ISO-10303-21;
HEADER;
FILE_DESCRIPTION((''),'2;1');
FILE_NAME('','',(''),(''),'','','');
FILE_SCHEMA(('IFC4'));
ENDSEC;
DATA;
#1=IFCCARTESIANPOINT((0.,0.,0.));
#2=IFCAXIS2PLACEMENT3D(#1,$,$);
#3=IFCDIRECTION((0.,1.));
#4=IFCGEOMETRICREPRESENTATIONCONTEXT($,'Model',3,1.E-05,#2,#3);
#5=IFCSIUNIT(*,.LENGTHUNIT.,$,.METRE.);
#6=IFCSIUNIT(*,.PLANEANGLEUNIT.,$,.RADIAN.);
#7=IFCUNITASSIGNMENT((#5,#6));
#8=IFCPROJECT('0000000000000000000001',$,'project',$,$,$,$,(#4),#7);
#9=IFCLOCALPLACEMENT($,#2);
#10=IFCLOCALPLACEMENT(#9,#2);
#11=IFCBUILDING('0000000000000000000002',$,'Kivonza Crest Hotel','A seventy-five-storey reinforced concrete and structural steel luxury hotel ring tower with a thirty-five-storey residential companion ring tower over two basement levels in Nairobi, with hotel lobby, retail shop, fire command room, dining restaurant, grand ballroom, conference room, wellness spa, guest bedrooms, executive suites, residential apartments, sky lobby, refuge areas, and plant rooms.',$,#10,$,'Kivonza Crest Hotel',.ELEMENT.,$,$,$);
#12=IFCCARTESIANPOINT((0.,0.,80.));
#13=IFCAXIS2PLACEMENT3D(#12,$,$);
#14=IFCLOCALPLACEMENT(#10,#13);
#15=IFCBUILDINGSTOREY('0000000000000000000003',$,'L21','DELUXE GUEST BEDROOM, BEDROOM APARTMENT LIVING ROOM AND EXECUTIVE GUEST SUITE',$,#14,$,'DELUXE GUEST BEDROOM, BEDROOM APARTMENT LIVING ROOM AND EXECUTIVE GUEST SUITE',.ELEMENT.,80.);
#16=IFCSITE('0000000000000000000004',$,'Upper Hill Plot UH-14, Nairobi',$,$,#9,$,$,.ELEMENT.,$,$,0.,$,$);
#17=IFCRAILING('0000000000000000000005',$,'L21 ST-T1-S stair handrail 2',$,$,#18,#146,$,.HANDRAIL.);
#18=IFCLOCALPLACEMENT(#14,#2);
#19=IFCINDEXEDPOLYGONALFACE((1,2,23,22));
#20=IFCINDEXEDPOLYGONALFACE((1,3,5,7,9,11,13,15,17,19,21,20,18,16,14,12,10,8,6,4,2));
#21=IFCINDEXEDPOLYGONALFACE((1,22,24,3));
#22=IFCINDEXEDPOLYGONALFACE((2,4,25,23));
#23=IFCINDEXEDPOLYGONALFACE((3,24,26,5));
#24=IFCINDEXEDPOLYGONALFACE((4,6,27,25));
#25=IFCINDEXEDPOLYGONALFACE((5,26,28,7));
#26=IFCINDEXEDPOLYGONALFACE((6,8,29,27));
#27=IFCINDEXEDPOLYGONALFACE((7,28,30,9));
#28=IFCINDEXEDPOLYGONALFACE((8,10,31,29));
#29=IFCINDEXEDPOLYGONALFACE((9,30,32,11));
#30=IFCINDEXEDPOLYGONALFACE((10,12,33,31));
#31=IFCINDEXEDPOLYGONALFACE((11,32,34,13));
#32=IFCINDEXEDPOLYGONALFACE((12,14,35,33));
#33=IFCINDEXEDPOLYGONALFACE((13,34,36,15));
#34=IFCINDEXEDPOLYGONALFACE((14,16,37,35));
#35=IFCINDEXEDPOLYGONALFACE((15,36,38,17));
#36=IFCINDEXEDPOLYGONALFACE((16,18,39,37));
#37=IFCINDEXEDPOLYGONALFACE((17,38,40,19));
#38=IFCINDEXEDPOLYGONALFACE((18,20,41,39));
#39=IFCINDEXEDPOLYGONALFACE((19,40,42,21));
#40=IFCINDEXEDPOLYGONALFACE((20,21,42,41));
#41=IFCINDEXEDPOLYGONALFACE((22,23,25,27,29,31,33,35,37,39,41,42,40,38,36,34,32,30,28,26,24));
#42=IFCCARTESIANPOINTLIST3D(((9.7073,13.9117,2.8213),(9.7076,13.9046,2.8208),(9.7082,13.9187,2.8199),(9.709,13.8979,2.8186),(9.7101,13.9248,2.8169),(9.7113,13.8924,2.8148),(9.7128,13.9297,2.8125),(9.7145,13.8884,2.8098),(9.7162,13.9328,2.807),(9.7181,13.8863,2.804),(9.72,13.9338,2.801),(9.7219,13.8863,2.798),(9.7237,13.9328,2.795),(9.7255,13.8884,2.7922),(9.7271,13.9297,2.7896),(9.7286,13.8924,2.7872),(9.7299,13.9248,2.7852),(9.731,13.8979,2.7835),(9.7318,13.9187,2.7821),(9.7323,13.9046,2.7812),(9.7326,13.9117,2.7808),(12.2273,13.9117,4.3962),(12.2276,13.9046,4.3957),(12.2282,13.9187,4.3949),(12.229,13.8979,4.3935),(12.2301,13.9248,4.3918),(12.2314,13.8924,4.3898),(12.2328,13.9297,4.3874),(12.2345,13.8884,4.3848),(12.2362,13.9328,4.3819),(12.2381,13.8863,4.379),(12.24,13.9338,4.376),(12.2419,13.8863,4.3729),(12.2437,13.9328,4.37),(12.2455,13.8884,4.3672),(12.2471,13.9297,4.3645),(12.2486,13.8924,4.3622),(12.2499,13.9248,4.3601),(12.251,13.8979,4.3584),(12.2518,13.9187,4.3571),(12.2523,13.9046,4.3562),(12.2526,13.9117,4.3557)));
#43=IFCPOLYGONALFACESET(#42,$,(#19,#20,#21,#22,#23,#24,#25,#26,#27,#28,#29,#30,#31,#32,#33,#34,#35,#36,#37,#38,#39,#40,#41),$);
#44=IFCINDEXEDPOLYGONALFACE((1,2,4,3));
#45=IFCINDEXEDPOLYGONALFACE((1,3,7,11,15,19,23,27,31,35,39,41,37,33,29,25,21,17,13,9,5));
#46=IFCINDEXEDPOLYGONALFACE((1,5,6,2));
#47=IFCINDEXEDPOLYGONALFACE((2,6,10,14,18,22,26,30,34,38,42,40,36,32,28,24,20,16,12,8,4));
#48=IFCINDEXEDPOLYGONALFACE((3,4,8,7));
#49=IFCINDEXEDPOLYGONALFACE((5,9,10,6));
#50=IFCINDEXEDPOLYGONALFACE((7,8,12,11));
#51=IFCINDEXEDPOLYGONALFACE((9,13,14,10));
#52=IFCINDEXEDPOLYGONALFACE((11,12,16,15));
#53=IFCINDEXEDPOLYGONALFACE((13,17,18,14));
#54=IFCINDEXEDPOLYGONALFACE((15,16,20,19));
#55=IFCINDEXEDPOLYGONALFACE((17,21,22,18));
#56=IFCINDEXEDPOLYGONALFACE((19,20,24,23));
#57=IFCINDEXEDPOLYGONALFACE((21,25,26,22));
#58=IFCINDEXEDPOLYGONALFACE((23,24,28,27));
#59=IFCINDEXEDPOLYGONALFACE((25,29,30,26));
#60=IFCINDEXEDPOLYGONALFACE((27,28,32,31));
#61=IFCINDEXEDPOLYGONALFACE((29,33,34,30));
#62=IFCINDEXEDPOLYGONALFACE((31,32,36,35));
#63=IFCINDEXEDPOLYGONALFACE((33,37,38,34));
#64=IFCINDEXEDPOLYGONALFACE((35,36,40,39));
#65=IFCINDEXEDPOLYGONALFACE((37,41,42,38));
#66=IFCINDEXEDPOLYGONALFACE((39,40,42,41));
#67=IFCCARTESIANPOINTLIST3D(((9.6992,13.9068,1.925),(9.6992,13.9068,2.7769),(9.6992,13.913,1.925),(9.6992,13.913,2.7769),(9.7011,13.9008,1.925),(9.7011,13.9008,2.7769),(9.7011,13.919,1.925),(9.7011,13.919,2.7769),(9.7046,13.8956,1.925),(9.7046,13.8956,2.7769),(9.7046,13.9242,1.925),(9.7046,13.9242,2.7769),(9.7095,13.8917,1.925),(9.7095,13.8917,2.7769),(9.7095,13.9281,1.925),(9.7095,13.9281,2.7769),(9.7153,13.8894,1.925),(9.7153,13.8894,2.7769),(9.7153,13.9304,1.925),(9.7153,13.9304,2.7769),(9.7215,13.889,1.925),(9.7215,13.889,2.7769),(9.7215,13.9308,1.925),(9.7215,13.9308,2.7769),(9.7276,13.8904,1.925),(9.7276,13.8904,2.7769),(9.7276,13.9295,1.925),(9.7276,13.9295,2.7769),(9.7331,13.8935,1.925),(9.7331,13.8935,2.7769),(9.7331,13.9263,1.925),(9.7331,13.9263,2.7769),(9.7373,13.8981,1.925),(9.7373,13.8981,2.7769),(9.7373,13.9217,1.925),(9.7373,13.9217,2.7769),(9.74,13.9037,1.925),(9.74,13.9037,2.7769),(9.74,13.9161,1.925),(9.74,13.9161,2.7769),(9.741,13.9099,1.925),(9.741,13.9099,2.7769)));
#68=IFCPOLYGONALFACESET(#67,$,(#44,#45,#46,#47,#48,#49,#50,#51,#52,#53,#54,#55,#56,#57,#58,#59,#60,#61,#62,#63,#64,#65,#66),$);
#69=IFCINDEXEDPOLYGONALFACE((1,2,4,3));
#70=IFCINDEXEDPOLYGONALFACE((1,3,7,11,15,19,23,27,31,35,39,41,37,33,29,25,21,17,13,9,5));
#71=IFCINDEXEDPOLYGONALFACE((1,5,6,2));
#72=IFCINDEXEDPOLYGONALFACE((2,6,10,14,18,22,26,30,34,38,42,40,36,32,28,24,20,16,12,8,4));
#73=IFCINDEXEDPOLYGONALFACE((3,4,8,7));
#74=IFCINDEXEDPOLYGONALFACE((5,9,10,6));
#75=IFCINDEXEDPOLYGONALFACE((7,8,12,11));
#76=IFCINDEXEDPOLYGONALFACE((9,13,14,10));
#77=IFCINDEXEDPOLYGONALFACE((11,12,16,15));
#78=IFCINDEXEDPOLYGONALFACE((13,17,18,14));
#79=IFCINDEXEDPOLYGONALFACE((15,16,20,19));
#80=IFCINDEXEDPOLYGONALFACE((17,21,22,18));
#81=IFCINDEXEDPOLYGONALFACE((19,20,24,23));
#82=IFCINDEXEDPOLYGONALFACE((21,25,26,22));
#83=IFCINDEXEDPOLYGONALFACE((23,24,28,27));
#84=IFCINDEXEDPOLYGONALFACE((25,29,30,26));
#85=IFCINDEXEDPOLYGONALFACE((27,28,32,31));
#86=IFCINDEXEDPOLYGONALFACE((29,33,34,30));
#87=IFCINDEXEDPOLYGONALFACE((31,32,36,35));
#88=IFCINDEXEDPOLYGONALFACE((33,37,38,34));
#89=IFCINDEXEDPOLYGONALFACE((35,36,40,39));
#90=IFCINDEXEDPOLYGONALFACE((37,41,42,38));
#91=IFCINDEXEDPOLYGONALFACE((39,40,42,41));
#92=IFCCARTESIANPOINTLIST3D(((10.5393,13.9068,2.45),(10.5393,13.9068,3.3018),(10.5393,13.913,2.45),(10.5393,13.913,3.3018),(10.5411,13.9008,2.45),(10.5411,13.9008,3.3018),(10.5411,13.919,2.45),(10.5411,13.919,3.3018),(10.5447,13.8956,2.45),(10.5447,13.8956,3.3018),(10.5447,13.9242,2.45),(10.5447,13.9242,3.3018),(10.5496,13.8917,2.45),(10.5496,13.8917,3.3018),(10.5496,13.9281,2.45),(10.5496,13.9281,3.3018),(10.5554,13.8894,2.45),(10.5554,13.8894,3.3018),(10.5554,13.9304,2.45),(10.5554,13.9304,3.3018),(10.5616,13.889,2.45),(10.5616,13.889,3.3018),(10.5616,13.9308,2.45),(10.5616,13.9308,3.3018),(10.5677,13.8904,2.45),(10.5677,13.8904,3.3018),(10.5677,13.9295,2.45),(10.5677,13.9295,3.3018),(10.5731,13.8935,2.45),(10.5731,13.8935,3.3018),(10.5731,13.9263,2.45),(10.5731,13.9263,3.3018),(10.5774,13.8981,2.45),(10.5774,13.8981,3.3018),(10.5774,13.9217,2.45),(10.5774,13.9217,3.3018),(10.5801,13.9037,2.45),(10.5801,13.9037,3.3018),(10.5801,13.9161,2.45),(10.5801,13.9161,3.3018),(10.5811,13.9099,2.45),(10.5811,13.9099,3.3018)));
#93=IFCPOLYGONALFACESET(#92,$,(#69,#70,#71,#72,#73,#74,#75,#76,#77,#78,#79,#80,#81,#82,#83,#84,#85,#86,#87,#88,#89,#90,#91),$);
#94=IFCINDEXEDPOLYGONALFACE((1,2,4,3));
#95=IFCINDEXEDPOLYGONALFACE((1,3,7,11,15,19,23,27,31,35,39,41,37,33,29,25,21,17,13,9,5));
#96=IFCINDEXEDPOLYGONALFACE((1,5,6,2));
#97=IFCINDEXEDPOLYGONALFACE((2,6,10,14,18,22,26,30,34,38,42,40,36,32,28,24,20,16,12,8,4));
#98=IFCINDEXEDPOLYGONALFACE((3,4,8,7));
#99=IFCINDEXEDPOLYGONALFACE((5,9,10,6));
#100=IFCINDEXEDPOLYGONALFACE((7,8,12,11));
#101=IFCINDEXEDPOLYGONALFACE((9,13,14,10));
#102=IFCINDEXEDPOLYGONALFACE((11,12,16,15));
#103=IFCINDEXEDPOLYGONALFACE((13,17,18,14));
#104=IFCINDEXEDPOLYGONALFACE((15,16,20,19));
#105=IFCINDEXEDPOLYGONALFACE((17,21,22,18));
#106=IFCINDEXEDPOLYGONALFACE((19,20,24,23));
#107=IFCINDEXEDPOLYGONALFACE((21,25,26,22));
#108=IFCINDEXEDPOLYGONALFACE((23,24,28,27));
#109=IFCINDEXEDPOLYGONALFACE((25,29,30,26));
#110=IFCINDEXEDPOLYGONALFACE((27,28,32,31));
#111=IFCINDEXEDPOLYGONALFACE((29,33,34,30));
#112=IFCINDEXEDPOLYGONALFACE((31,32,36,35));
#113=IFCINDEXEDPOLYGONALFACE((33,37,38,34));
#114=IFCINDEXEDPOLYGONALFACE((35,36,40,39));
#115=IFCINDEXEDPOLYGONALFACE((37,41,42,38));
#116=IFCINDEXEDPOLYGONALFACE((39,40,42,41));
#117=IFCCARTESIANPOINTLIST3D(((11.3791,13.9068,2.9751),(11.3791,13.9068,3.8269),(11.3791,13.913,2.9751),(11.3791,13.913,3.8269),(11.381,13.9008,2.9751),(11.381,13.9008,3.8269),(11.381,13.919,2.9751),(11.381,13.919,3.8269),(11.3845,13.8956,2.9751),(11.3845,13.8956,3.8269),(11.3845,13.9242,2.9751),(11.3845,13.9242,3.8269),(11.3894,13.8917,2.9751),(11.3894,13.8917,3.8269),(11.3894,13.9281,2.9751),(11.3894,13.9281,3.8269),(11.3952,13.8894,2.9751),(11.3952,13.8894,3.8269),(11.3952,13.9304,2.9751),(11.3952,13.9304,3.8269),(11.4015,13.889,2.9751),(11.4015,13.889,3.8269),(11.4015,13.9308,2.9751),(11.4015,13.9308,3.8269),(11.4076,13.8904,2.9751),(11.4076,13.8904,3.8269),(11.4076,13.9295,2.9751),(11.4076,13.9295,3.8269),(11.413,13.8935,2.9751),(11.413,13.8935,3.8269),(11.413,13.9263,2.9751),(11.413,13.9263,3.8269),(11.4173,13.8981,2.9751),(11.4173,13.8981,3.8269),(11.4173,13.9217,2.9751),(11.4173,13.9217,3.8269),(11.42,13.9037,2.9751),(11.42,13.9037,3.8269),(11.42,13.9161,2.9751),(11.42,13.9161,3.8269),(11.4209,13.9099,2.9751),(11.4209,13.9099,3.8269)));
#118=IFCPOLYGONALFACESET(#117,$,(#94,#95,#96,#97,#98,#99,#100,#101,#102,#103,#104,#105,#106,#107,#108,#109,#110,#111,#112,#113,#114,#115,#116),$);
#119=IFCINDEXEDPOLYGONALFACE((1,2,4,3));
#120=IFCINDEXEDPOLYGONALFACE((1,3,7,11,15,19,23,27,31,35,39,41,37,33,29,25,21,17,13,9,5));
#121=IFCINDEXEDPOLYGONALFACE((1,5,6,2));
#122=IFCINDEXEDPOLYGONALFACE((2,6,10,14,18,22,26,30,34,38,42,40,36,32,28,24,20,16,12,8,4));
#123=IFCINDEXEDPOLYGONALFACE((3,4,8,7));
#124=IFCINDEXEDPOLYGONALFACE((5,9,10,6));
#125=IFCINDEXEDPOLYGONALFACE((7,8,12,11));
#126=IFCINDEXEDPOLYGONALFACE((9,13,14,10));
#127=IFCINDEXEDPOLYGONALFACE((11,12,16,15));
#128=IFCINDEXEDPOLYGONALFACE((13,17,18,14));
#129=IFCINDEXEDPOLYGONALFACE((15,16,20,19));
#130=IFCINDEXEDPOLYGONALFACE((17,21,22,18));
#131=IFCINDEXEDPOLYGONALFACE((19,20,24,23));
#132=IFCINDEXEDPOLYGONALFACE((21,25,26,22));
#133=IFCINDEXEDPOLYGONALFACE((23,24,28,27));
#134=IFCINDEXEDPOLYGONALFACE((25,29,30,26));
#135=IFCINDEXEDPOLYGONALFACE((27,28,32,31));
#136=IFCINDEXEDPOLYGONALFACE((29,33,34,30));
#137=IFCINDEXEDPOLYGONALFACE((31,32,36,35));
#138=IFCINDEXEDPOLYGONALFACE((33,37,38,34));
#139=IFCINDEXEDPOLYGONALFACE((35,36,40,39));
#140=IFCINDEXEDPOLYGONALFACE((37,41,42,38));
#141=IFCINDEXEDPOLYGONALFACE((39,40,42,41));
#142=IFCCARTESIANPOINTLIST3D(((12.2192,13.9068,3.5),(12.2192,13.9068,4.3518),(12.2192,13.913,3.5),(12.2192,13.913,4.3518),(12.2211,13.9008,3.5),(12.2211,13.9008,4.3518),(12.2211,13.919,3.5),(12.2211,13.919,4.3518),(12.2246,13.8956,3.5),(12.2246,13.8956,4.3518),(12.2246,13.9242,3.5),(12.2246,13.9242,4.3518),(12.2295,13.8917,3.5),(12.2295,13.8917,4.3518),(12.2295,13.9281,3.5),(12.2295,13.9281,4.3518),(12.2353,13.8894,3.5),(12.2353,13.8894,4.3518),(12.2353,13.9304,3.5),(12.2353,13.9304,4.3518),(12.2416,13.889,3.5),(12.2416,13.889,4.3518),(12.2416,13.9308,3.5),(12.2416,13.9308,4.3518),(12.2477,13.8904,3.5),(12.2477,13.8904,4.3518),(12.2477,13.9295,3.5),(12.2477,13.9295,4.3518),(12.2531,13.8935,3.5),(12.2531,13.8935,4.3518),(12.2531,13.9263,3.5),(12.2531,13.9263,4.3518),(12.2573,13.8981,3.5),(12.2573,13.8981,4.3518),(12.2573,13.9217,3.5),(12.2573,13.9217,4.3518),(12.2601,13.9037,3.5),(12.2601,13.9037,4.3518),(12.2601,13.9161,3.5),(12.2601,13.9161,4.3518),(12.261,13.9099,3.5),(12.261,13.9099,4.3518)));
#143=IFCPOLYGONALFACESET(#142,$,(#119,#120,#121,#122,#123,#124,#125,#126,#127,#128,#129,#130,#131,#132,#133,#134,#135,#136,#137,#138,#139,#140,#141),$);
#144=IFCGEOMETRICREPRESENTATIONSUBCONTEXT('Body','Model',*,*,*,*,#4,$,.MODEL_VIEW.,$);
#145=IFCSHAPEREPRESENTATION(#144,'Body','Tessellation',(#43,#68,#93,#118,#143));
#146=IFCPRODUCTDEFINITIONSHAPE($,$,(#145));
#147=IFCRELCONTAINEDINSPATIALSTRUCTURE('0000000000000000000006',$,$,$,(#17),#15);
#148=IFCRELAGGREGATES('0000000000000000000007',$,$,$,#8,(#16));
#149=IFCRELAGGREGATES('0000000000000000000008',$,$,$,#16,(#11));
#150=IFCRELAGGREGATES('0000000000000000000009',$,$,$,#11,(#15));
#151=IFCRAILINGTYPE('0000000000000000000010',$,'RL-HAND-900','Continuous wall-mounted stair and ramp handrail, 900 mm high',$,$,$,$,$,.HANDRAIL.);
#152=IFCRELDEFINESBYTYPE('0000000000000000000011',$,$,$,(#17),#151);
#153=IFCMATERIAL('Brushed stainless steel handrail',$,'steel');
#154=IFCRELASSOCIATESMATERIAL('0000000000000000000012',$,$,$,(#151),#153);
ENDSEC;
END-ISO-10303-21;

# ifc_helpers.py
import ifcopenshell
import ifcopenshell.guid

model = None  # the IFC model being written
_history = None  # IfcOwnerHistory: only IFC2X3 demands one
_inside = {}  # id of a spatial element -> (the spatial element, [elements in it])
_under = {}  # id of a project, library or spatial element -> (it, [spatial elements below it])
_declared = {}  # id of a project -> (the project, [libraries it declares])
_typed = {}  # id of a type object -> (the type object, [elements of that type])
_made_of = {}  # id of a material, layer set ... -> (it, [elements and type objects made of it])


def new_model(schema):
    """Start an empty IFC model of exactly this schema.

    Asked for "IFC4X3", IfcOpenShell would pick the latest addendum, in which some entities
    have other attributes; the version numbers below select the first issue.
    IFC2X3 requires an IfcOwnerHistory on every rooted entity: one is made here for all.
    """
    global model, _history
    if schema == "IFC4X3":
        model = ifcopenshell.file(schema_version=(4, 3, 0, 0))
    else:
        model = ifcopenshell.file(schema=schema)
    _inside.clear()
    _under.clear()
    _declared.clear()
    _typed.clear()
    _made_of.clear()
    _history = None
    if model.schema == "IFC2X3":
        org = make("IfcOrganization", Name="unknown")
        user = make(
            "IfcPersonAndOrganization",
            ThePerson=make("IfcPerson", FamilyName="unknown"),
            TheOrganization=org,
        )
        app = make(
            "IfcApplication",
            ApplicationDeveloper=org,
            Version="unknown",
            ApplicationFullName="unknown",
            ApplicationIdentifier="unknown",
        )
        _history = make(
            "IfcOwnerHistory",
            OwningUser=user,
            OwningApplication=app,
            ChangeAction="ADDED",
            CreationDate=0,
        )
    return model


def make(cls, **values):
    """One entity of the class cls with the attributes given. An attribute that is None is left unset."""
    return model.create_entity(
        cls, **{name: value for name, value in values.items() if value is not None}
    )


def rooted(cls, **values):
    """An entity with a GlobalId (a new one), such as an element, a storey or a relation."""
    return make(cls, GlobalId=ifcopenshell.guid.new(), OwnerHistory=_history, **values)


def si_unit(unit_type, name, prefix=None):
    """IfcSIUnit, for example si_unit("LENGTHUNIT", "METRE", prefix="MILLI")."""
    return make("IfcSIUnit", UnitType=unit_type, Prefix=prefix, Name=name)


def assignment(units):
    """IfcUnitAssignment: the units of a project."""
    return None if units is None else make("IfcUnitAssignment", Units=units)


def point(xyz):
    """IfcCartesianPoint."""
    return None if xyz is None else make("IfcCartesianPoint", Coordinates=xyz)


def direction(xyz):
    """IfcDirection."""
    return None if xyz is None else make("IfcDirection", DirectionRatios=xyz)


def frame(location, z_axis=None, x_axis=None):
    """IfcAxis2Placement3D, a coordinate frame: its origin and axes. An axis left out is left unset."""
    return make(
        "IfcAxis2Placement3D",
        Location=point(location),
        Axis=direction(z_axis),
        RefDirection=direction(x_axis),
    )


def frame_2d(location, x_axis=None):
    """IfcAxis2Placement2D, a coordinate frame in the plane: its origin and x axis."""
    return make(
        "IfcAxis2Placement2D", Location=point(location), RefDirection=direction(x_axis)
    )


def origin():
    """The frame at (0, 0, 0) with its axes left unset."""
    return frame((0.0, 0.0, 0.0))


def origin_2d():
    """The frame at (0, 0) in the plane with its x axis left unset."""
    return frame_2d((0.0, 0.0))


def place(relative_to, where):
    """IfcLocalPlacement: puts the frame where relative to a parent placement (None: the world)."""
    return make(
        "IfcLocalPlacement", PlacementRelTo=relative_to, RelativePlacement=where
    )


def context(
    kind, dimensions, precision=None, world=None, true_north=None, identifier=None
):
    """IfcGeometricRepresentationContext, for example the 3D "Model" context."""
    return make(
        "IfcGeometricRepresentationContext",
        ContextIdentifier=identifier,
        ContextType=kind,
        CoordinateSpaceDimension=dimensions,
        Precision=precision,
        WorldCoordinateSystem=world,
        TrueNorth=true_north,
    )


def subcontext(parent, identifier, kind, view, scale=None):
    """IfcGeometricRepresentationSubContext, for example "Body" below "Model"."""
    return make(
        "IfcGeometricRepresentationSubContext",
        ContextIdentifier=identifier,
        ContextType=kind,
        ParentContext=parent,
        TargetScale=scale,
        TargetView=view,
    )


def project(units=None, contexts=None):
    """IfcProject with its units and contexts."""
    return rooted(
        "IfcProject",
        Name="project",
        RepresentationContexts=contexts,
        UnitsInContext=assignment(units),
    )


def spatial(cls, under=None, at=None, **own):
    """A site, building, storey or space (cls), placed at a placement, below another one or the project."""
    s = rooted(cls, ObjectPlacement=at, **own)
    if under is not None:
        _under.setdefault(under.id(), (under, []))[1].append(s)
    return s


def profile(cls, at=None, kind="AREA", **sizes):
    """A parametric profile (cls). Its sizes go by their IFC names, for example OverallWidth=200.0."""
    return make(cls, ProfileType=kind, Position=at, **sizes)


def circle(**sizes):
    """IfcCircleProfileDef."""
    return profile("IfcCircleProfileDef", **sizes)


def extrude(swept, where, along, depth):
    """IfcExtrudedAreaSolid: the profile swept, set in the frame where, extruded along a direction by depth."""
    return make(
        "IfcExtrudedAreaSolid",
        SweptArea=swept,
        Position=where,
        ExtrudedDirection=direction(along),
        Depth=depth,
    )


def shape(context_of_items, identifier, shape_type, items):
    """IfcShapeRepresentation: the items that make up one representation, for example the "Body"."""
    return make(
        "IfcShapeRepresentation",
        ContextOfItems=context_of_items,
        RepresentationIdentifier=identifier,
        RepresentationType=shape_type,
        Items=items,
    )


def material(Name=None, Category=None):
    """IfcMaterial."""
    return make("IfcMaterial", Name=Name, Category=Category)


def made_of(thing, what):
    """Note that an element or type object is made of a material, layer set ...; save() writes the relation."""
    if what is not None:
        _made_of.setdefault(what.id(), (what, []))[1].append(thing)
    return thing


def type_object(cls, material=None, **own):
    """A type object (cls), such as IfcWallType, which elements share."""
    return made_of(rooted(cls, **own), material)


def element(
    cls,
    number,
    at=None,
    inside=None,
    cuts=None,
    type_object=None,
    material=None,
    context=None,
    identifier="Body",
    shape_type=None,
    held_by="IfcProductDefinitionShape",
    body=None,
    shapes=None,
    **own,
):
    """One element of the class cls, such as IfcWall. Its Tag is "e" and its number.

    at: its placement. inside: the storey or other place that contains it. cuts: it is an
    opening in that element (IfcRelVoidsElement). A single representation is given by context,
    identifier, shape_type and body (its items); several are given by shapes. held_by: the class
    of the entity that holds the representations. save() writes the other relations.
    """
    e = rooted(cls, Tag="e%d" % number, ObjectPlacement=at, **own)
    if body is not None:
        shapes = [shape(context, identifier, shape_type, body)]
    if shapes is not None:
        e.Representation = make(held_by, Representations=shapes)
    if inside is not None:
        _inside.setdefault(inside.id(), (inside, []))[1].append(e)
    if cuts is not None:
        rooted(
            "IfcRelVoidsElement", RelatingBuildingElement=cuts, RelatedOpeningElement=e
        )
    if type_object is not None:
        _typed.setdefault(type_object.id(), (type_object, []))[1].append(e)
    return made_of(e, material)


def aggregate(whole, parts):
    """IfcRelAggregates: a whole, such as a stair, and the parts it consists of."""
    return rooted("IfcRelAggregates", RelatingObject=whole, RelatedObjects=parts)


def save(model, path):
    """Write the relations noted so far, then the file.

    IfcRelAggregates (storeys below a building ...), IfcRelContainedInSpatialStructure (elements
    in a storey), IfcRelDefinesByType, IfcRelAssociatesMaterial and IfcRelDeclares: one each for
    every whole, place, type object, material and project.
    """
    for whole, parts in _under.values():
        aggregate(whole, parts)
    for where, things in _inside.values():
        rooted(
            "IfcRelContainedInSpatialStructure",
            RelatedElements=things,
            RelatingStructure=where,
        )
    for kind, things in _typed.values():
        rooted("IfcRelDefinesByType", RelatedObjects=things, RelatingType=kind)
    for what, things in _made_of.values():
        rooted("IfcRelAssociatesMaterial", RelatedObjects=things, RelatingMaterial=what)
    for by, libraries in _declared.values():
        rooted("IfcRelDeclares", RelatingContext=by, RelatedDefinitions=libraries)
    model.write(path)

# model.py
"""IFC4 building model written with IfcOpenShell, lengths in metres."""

from ifc_helpers import new_model, si_unit, direction, frame, origin, origin_2d, place, context, subcontext, project, spatial, circle, extrude, material, type_object, element, save


model = new_model("IFC4")

# Units and contexts
model_context = context("Model", 3, precision=1e-05, world=origin(), true_north=direction((0.0, 1.0)))
body_context = subcontext(model_context, "Body", "Model", "MODEL_VIEW")
ifc_project = project(units=[si_unit("LENGTHUNIT", "METRE"), si_unit("PLANEANGLEUNIT", "RADIAN")], contexts=[model_context])

# Site, building, storey
site_placement = place(None, origin())
site = spatial("IfcSite", under=ifc_project, at=site_placement, Name="Upper Hill Plot UH-14, Nairobi", CompositionType="ELEMENT", RefElevation=0.0)
building_placement = place(site_placement, origin())
building = spatial("IfcBuilding", under=site, at=building_placement, Name="Kivonza Crest Hotel", Description="A seventy-five-storey reinforced concrete and structural steel luxury hotel ring tower with a thirty-five-storey residential companion ring tower over two basement levels in Nairobi, with hotel lobby, retail shop, fire command room, dining restaurant, grand ballroom, conference room, wellness spa, guest bedrooms, executive suites, residential apartments, sky lobby, refuge areas, and plant rooms.", LongName="Kivonza Crest Hotel", CompositionType="ELEMENT")
storey_placement = place(building_placement, frame((0.0, 0.0, 80.0)))
storey = spatial("IfcBuildingStorey", under=building, at=storey_placement, Name="L21", Description="DELUXE GUEST BEDROOM, BEDROOM APARTMENT LIVING ROOM AND EXECUTIVE GUEST SUITE", LongName="DELUXE GUEST BEDROOM, BEDROOM APARTMENT LIVING ROOM AND EXECUTIVE GUEST SUITE", CompositionType="ELEMENT", Elevation=80.0)

# Railing
ifc_material_1 = material(Name="Brushed stainless steel handrail", Category="steel")
railing_type_1 = type_object("IfcRailingType", Name="RL-HAND-900", Description="Continuous wall-mounted stair and ramp handrail, 900 mm high", PredefinedType="HANDRAIL", material=ifc_material_1)
railing_1_placement = place(storey_placement, frame((9.72, 13.9099, 1.925)))
element("IfcRailing", 1, at=railing_1_placement, inside=storey, type_object=railing_type_1, Name="L21 ST-T1-S stair handrail 2", PredefinedType="HANDRAIL", context=body_context, shape_type="SweptSolid", body=[
    extrude(circle(Radius=0.0239, at=origin_2d()), frame((0.0, 0.0, 0.876), z_axis=(0.848008, 0.0, 0.529984), x_axis=(0.0, 1.0, 0.0)), (0.0, 0.0, 1.0), 2.9717),
    extrude(circle(Radius=0.021, at=origin_2d()), origin(), (0.0, 0.0, 1.0), 0.8518),
    extrude(circle(Radius=0.021, at=origin_2d()), frame((0.8401, 0.0, 0.5249)), (0.0, 0.0, 1.0), 0.8518),
    extrude(circle(Radius=0.021, at=origin_2d()), frame((1.6799, 0.0, 1.05)), (0.0, 0.0, 1.0), 0.8518),
    extrude(circle(Radius=0.021, at=origin_2d()), frame((2.52, 0.0, 1.575)), (0.0, 0.0, 1.0), 0.8518),
])

save(model, "model.ifc")
